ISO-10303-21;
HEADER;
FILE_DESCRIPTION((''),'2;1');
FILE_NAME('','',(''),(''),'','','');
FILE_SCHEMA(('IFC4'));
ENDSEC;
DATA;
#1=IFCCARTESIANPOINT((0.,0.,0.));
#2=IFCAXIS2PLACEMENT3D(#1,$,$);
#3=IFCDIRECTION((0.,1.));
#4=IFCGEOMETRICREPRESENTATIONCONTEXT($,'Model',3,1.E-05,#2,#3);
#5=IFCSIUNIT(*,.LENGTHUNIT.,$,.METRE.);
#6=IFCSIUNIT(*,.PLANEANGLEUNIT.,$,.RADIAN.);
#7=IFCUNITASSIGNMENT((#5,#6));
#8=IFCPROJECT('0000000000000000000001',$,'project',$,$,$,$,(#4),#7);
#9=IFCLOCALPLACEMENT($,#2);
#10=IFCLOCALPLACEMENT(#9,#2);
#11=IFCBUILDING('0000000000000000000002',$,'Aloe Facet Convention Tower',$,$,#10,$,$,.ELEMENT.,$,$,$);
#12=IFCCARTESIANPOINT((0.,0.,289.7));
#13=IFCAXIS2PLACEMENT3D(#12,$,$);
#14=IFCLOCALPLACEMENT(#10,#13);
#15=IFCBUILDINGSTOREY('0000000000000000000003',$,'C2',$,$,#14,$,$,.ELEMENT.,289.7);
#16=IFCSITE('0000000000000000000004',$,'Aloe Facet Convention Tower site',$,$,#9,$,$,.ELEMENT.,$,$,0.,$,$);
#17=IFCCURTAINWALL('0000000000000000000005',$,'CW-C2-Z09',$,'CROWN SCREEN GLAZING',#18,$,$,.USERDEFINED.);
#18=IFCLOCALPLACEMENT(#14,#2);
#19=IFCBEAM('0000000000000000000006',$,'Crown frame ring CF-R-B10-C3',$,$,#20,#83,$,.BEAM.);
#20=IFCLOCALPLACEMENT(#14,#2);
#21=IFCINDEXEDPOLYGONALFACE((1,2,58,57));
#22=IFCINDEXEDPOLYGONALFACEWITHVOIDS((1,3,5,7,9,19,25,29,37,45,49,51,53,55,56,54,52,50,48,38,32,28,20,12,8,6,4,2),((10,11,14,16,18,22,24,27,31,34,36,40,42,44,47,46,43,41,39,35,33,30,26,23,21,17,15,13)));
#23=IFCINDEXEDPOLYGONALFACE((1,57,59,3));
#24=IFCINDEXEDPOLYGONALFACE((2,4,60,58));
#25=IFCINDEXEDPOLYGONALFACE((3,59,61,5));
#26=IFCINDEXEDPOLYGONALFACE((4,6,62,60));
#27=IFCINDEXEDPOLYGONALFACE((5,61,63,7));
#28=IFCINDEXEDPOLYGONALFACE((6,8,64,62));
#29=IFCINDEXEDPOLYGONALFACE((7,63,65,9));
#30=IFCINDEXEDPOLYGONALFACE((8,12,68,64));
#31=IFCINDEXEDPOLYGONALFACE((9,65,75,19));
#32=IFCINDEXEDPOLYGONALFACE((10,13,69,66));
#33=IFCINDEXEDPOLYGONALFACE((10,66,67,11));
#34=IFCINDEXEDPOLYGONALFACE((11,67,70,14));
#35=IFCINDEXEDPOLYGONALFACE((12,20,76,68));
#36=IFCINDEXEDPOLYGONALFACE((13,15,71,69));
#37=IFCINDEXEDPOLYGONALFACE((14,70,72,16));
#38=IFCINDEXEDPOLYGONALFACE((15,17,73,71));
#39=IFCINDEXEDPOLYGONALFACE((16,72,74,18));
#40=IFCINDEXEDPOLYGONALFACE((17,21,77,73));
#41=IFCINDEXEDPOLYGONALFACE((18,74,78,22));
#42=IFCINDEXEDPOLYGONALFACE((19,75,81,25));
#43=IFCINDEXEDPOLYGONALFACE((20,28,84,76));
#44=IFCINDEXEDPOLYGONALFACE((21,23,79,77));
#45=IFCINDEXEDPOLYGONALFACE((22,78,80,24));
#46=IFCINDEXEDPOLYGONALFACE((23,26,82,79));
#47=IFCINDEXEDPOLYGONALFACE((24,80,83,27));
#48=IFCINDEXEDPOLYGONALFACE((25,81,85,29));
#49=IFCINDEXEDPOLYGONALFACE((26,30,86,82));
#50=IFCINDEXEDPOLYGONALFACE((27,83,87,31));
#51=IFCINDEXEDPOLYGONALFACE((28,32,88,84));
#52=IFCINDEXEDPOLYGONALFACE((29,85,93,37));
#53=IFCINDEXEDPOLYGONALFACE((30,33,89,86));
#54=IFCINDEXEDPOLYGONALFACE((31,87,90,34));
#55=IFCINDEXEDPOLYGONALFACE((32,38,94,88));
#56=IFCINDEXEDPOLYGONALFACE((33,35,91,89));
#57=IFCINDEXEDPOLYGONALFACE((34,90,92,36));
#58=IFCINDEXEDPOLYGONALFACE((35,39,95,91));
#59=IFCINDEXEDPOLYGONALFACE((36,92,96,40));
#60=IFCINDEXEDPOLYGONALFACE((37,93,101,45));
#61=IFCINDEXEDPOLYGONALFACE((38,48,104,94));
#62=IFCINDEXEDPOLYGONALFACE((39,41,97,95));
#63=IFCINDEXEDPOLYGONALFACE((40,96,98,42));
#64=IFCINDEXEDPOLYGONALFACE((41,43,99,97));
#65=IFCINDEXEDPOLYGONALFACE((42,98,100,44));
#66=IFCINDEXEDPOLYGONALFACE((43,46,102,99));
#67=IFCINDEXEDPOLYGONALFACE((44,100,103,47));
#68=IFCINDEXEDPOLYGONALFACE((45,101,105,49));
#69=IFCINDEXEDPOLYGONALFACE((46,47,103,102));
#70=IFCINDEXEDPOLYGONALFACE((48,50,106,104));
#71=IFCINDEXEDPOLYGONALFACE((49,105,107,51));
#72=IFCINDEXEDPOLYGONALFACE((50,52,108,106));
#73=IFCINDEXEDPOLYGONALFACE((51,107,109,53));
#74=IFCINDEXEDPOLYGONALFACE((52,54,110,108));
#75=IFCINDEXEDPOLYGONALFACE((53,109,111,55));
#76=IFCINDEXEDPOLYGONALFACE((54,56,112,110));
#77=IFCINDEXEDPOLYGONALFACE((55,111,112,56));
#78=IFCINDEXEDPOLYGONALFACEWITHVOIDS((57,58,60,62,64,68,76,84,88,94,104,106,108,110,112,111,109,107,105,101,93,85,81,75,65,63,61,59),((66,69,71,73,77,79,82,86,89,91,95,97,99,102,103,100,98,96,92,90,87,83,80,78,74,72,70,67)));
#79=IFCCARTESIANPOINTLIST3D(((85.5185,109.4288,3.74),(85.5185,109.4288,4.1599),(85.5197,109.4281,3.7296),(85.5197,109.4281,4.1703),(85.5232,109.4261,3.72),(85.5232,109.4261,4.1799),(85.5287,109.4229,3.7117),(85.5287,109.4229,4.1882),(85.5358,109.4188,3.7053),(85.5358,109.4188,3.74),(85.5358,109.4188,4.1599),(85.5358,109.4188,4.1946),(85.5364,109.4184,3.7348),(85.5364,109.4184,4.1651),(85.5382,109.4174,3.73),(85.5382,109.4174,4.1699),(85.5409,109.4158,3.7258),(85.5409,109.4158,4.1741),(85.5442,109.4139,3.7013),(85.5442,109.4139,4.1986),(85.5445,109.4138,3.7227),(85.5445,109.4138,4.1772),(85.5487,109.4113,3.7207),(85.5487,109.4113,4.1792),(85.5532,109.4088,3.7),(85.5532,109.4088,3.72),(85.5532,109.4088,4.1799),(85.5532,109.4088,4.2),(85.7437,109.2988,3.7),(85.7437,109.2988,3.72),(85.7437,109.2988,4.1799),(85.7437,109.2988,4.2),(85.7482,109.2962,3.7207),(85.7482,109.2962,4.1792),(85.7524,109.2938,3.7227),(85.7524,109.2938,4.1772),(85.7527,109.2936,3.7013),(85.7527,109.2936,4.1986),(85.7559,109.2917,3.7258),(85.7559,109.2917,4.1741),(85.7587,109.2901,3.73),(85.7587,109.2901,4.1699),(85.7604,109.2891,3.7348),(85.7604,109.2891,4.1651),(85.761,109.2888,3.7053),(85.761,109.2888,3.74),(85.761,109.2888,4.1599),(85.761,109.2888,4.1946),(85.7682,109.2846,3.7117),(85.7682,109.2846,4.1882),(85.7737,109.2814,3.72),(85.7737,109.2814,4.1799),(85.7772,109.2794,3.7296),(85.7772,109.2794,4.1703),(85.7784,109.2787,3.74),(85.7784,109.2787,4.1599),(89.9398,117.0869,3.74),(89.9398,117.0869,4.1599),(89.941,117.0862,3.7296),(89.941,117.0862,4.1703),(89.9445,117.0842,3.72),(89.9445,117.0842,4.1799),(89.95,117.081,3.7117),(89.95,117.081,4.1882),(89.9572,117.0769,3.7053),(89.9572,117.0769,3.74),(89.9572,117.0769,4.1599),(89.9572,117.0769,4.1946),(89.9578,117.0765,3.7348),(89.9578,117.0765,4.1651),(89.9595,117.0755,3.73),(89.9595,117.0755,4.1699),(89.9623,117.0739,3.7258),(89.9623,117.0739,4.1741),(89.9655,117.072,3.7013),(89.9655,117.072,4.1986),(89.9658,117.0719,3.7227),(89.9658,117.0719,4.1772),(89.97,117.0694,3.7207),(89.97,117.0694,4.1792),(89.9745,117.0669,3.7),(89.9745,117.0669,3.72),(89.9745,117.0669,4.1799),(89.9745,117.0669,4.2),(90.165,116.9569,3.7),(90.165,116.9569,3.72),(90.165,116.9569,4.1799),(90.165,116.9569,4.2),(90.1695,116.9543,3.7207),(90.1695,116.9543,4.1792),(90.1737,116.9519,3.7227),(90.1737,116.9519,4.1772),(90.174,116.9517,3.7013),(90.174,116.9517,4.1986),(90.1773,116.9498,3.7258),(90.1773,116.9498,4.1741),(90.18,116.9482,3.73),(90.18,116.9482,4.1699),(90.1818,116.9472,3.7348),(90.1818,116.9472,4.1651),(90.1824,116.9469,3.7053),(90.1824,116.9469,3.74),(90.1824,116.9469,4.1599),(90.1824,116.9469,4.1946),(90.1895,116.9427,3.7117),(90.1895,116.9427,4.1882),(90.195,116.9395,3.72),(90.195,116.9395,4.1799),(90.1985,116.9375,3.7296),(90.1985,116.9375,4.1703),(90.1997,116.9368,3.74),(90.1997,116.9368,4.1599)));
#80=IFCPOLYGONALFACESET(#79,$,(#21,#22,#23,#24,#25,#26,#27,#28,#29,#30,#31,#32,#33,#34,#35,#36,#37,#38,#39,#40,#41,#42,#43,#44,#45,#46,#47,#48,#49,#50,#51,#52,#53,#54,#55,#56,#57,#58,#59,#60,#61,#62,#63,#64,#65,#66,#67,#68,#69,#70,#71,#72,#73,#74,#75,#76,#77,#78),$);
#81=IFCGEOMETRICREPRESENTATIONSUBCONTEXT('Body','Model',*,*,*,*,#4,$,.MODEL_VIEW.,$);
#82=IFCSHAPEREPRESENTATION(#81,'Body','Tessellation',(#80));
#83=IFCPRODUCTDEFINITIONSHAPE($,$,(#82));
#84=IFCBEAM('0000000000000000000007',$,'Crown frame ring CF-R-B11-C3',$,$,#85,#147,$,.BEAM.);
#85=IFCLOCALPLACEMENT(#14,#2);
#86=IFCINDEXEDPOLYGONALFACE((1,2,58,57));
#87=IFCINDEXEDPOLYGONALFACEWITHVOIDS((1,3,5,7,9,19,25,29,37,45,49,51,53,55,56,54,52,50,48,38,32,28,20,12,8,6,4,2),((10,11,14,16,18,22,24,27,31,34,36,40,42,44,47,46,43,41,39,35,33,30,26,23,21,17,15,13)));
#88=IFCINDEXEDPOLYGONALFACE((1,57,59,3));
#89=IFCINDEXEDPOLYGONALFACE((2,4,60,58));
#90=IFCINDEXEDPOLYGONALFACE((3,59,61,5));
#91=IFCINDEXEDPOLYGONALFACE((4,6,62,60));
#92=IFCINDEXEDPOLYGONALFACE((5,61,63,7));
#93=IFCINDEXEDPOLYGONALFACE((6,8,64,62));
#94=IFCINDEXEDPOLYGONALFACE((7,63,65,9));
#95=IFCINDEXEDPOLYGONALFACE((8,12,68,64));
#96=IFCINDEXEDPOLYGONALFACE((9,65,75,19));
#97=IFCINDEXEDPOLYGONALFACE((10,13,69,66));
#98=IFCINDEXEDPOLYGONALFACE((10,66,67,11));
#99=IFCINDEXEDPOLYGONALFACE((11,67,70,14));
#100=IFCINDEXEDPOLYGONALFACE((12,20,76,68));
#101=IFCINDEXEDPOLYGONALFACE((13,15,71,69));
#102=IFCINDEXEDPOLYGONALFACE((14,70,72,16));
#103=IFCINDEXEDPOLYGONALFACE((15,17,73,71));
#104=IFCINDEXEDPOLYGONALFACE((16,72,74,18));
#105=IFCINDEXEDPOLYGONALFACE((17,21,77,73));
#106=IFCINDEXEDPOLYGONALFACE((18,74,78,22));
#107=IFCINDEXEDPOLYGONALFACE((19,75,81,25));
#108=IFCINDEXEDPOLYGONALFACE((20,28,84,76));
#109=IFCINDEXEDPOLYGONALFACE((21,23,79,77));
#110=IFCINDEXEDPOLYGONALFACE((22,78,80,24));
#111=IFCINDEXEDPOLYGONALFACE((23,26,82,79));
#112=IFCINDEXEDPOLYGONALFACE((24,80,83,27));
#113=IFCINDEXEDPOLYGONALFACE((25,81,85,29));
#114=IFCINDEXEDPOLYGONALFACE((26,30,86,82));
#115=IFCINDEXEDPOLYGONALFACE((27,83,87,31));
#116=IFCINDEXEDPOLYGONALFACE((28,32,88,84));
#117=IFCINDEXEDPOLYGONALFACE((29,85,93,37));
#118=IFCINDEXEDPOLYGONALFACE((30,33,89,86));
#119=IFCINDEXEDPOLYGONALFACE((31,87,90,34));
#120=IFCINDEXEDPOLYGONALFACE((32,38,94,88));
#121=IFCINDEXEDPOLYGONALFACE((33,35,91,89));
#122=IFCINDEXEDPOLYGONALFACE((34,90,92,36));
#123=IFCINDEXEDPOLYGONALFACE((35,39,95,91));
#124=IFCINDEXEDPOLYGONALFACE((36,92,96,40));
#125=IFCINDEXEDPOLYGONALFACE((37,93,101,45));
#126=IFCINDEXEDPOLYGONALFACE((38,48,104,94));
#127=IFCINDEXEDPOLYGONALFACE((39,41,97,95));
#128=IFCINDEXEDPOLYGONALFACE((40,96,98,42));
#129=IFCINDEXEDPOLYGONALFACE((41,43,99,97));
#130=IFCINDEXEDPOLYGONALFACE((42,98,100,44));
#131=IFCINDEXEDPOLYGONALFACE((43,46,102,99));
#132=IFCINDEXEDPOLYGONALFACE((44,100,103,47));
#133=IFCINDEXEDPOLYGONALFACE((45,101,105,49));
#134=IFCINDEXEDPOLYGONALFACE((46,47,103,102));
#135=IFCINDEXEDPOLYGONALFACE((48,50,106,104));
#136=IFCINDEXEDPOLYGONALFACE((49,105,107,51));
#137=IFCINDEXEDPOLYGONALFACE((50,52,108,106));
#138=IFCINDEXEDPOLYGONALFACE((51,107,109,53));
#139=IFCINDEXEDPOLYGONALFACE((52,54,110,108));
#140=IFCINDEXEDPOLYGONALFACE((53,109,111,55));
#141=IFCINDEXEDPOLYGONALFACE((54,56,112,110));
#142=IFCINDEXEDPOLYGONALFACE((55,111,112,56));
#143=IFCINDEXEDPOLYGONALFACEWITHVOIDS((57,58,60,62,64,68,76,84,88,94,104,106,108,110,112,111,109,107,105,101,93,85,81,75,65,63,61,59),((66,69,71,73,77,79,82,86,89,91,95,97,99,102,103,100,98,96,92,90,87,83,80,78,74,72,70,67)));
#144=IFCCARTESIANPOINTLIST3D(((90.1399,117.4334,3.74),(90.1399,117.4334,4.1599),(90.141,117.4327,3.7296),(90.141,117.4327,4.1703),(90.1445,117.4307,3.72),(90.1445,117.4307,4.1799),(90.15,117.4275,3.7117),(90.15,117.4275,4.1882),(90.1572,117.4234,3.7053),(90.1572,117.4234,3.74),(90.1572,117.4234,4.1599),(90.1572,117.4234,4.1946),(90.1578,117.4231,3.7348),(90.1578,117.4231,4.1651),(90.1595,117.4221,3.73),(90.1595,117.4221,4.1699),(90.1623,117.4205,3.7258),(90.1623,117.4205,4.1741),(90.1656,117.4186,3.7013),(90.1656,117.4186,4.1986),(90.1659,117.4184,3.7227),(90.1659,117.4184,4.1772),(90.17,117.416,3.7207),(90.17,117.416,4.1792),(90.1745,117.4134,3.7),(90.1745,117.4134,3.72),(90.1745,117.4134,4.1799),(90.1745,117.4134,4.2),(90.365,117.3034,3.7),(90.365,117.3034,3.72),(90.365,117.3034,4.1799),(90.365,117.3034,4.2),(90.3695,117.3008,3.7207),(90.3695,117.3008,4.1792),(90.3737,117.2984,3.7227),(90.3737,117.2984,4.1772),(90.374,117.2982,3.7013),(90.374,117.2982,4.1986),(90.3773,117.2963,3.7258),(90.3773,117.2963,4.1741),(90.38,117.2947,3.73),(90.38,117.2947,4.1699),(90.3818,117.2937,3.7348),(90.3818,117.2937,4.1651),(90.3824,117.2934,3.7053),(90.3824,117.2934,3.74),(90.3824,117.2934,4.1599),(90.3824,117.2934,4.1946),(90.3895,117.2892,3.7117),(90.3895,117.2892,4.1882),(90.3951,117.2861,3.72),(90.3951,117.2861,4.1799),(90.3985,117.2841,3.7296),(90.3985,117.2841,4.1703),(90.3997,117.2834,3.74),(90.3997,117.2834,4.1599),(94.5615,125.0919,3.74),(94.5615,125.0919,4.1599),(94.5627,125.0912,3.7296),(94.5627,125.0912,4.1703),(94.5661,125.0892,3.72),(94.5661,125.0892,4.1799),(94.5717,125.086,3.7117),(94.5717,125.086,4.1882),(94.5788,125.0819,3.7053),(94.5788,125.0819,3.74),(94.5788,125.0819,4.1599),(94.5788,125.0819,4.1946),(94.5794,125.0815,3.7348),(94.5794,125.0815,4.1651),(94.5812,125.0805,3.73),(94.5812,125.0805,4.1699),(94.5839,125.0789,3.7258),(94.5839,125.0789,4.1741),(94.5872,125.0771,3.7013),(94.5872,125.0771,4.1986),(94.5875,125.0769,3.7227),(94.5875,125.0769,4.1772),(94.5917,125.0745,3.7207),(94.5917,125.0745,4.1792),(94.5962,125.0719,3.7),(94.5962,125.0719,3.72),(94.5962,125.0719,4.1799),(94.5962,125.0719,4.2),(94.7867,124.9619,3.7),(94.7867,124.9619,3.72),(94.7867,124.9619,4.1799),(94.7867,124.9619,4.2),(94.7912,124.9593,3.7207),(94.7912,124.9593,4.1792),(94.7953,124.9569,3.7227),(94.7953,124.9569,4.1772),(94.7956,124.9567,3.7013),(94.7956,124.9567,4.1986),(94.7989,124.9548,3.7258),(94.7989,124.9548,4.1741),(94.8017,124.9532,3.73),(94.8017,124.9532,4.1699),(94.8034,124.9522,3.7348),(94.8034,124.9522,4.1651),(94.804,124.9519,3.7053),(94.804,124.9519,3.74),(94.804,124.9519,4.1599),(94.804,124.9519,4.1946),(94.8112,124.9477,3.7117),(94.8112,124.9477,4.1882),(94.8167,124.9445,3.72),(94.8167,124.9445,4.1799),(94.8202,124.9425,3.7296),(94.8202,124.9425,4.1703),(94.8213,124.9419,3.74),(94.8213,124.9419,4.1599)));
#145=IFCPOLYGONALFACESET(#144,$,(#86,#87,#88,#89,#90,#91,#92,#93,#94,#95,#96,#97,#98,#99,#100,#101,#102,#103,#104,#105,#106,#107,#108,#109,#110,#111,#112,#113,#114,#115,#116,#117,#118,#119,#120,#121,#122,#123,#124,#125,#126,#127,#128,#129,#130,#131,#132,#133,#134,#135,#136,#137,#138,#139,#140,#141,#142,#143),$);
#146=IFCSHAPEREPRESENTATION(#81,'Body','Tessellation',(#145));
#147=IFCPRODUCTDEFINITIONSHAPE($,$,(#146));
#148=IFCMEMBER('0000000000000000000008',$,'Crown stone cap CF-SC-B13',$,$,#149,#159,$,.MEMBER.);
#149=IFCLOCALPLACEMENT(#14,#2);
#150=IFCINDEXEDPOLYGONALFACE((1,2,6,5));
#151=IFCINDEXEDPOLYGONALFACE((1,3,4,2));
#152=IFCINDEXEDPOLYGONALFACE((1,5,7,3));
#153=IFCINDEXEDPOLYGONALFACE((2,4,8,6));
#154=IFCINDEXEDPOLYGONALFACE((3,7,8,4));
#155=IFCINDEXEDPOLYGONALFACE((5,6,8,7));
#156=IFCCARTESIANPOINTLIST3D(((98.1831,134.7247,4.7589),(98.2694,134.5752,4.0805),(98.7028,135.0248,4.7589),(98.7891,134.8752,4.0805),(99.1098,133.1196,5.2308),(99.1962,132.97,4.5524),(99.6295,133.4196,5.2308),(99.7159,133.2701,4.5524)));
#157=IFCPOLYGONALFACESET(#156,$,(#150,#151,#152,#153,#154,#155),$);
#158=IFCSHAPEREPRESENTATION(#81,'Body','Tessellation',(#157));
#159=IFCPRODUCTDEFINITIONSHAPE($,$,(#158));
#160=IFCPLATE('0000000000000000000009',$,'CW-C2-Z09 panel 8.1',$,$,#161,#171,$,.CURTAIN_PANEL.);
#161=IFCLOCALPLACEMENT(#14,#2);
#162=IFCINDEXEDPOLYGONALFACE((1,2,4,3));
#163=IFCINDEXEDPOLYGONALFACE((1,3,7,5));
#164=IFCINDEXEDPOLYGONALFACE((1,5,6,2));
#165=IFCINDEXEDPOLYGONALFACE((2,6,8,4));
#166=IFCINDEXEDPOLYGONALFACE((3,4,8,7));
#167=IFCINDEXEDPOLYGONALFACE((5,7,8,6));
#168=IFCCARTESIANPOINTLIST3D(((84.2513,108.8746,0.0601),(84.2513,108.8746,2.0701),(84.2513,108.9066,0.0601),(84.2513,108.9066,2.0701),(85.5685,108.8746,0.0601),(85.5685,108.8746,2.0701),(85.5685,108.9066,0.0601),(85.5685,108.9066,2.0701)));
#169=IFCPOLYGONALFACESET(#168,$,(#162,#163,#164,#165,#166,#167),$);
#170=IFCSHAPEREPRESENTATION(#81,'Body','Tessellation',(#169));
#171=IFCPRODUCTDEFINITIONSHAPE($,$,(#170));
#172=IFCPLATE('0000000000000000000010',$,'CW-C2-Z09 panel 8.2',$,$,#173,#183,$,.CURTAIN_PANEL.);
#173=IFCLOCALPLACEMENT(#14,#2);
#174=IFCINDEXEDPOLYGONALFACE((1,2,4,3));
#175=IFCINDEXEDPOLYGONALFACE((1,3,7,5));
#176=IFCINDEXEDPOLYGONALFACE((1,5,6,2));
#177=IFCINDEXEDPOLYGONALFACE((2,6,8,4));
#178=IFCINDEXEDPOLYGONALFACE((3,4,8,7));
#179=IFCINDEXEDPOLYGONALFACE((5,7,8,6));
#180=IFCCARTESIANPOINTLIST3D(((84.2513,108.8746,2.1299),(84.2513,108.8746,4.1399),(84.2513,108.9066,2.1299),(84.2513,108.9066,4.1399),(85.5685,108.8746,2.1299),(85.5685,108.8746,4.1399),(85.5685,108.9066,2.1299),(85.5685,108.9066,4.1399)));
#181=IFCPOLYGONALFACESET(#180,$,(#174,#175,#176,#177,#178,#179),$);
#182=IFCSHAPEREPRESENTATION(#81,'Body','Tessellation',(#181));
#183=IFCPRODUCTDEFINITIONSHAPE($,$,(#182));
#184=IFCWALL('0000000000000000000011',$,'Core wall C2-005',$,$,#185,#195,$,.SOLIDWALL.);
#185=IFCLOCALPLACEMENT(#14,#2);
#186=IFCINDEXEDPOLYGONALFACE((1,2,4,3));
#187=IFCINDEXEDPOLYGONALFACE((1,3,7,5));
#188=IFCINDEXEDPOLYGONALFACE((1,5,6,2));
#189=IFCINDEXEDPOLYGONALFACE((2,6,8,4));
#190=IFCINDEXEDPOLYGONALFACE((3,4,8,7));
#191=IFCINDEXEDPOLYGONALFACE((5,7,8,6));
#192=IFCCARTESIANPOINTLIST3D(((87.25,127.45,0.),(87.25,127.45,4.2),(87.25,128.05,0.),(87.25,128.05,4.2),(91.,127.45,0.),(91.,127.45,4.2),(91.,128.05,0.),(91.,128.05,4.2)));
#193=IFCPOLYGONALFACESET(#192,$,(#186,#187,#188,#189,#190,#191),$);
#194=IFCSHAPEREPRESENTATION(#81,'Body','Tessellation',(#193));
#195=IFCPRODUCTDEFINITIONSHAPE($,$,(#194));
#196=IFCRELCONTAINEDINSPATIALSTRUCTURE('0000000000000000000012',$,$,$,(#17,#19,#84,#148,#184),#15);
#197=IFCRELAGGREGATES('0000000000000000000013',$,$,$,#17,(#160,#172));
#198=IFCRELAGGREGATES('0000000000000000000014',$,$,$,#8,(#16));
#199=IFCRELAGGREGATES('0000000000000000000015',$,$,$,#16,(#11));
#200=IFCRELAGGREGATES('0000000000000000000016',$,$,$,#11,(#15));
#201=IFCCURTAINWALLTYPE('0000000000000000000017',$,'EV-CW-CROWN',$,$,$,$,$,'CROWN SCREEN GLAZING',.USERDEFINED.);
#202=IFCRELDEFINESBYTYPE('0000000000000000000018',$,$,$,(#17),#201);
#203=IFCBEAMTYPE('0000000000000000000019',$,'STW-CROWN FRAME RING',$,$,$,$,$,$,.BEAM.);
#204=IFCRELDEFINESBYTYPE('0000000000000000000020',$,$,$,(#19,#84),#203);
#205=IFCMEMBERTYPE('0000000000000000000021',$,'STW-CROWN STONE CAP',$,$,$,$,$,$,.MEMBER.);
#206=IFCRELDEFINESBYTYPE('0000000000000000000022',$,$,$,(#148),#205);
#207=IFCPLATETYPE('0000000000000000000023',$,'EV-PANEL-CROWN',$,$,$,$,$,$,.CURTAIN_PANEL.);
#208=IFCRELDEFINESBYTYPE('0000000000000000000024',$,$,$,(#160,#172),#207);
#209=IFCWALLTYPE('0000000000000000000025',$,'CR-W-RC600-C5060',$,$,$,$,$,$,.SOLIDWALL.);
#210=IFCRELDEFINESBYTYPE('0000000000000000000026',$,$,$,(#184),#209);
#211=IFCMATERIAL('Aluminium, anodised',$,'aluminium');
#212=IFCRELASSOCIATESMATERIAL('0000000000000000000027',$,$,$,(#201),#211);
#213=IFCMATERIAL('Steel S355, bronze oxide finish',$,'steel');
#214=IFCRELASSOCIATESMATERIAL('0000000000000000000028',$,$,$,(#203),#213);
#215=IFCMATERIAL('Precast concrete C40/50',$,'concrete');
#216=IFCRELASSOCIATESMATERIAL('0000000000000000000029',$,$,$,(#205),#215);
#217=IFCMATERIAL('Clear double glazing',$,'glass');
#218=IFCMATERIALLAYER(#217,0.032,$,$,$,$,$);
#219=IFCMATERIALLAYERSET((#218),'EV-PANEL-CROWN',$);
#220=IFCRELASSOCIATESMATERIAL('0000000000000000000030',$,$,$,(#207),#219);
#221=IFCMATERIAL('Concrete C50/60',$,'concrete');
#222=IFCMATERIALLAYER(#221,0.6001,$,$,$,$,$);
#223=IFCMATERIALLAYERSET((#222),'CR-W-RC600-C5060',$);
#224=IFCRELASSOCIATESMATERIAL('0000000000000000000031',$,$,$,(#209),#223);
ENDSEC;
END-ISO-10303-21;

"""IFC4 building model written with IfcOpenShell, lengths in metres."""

from ifc_helpers import new_model, si_unit, direction, frame, frame_2d, origin, origin_2d, place, context, subcontext, project, spatial, rectangle, hollow_rectangle, extrude, material, layer, layer_set, material_profile, profile_set, type_object, element, aggregate, save


model = new_model("IFC4")

# Units and contexts
model_context = context("Model", 3, precision=1e-05, world=origin(), true_north=direction((0.0, 1.0)))
body_context = subcontext(model_context, "Body", "Model", "MODEL_VIEW")
ifc_project = project(units=[si_unit("LENGTHUNIT", "METRE"), si_unit("PLANEANGLEUNIT", "RADIAN")], contexts=[model_context])

# Site, building, storey
site_placement = place(None, origin())
site = spatial("IfcSite", under=ifc_project, at=site_placement, Name="Aloe Facet Convention Tower site", CompositionType="ELEMENT", RefElevation=0.0)
building_placement = place(site_placement, origin())
building = spatial("IfcBuilding", under=site, at=building_placement, Name="Aloe Facet Convention Tower", CompositionType="ELEMENT")
storey_placement = place(building_placement, frame((0.0, 0.0, 289.7)))
storey = spatial("IfcBuildingStorey", under=building, at=storey_placement, Name="C2", CompositionType="ELEMENT", Elevation=289.7)

# Curtain wall
ifc_material_1 = material(Name="Aluminium, anodised", Category="aluminium")
curtain_wall_type = type_object("IfcCurtainWallType", Name="EV-CW-CROWN", ElementType="CROWN SCREEN GLAZING", PredefinedType="USERDEFINED", material=ifc_material_1)
curtain_wall_placement = place(storey_placement, origin())
curtain_wall = element("IfcCurtainWall", 1, at=curtain_wall_placement, inside=storey, type_object=curtain_wall_type, Name="CW-C2-Z09", ObjectType="CROWN SCREEN GLAZING", PredefinedType="USERDEFINED")

# Beams
ifc_material_2 = material(Name="Steel S355, bronze oxide finish", Category="steel")
ifc_material_profile_1 = material_profile(ifc_material_2, hollow_rectangle(XDim=0.3, YDim=0.5, WallThickness=0.02, InnerFilletRadius=0.02, OuterFilletRadius=0.04, at=origin_2d()), Name="RHS 500x300x20")
ifc_profile_set_1 = profile_set([ifc_material_profile_1], Name="Steel S355, bronze oxide finish")
beam_type_1 = type_object("IfcBeamType", Name="STW-CROWN FRAME RING", PredefinedType="BEAM", material=ifc_profile_set_1)
beam_1_placement = place(storey_placement, frame((85.6484, 109.3538, 3.95), z_axis=(0.499993, 0.866029, 0.0), x_axis=(-0.866029, 0.499993, 0.0)))
element("IfcBeam", 2, at=beam_1_placement, inside=storey, type_object=beam_type_1, Name="Crown frame ring CF-R-B10-C3", PredefinedType="BEAM", context=body_context, shape_type="SweptSolid", body=[
    extrude(hollow_rectangle(XDim=0.3, YDim=0.5, WallThickness=0.02, InnerFilletRadius=0.02, OuterFilletRadius=0.04, at=origin_2d()), origin(), (0.0, 0.0, 1.0), 8.8428),
])
beam_2_placement = place(storey_placement, frame((90.2698, 117.3584, 3.95), z_axis=(0.500002, 0.866024, 0.0), x_axis=(-0.866024, 0.500002, 0.0)))
element("IfcBeam", 3, at=beam_2_placement, inside=storey, type_object=beam_type_1, Name="Crown frame ring CF-R-B11-C3", PredefinedType="BEAM", context=body_context, shape_type="SweptSolid", body=[
    extrude(hollow_rectangle(XDim=0.3, YDim=0.5, WallThickness=0.02, InnerFilletRadius=0.02, OuterFilletRadius=0.04, at=origin_2d()), origin(), (0.0, 0.0, 1.0), 8.8433),
])

# Member
ifc_material_3 = material(Name="Precast concrete C40/50", Category="concrete")
ifc_material_profile_2 = material_profile(ifc_material_3, rectangle(XDim=0.6001, YDim=0.7, at=origin_2d()), Name="STW-CROWN STONE CAP")
ifc_profile_set_2 = profile_set([ifc_material_profile_2], Name="Precast concrete C40/50")
member_type_1 = type_object("IfcMemberType", Name="STW-CROWN STONE CAP", PredefinedType="MEMBER", material=ifc_profile_set_2)
member_1_placement = place(storey_placement, frame((99.4128, 133.1948, 4.8916), z_axis=(-0.484534, 0.839255, -0.246735), x_axis=(-0.86603, -0.499992, 0.0)))
element("IfcMember", 4, at=member_1_placement, inside=storey, type_object=member_type_1, Name="Crown stone cap CF-SC-B13", PredefinedType="MEMBER", context=body_context, shape_type="SweptSolid", body=[
    extrude(rectangle(XDim=0.6001, YDim=0.7, at=origin_2d()), origin(), (0.0, 0.0, 1.0), 1.9126),
])

# Plates
ifc_material_4 = material(Name="Clear double glazing", Category="glass")
ifc_layer_1 = layer(ifc_material_4, 0.032)
ifc_layer_set_1 = layer_set([ifc_layer_1], Name="EV-PANEL-CROWN")
plate_type = type_object("IfcPlateType", Name="EV-PANEL-CROWN", PredefinedType="CURTAIN_PANEL", material=ifc_layer_set_1)
plate_1_placement = place(storey_placement, frame((84.9099, 108.8906, 0.0601), z_axis=(0.0, 0.0, 1.0), x_axis=(1.0, 0.0, 0.0)))
plate_1 = element("IfcPlate", 5, at=plate_1_placement, type_object=plate_type, Name="CW-C2-Z09 panel 8.1", PredefinedType="CURTAIN_PANEL", context=body_context, shape_type="SweptSolid", body=[
    extrude(rectangle(XDim=1.3171, YDim=0.032, at=origin_2d()), origin(), (0.0, 0.0, 1.0), 2.01),
])
plate_2_placement = place(storey_placement, frame((84.9099, 108.8906, 2.1299), z_axis=(0.0, 0.0, 1.0), x_axis=(1.0, 0.0, 0.0)))
plate_2 = element("IfcPlate", 6, at=plate_2_placement, type_object=plate_type, Name="CW-C2-Z09 panel 8.2", PredefinedType="CURTAIN_PANEL", context=body_context, shape_type="SweptSolid", body=[
    extrude(rectangle(XDim=1.3171, YDim=0.032, at=origin_2d()), origin(), (0.0, 0.0, 1.0), 2.01),
])
aggregate(curtain_wall, [plate_1, plate_2])

# Wall
ifc_material_5 = material(Name="Concrete C50/60", Category="concrete")
ifc_layer_2 = layer(ifc_material_5, 0.6001)
ifc_layer_set_2 = layer_set([ifc_layer_2], Name="CR-W-RC600-C5060")
wall_type = type_object("IfcWallType", Name="CR-W-RC600-C5060", PredefinedType="SOLIDWALL", material=ifc_layer_set_2)
wall_1_placement = place(storey_placement, frame((87.25, 127.75, 0.0), z_axis=(0.0, 0.0, 1.0), x_axis=(1.0, 0.0, 0.0)))
element("IfcWall", 7, at=wall_1_placement, inside=storey, type_object=wall_type, Name="Core wall C2-005", PredefinedType="SOLIDWALL", context=body_context, shape_type="SweptSolid", body=[
    extrude(rectangle(XDim=3.75, YDim=0.6001, at=frame_2d((1.875, 0.0))), origin(), (0.0, 0.0, 1.0), 4.2),
])

save(model, "model.ifc")
